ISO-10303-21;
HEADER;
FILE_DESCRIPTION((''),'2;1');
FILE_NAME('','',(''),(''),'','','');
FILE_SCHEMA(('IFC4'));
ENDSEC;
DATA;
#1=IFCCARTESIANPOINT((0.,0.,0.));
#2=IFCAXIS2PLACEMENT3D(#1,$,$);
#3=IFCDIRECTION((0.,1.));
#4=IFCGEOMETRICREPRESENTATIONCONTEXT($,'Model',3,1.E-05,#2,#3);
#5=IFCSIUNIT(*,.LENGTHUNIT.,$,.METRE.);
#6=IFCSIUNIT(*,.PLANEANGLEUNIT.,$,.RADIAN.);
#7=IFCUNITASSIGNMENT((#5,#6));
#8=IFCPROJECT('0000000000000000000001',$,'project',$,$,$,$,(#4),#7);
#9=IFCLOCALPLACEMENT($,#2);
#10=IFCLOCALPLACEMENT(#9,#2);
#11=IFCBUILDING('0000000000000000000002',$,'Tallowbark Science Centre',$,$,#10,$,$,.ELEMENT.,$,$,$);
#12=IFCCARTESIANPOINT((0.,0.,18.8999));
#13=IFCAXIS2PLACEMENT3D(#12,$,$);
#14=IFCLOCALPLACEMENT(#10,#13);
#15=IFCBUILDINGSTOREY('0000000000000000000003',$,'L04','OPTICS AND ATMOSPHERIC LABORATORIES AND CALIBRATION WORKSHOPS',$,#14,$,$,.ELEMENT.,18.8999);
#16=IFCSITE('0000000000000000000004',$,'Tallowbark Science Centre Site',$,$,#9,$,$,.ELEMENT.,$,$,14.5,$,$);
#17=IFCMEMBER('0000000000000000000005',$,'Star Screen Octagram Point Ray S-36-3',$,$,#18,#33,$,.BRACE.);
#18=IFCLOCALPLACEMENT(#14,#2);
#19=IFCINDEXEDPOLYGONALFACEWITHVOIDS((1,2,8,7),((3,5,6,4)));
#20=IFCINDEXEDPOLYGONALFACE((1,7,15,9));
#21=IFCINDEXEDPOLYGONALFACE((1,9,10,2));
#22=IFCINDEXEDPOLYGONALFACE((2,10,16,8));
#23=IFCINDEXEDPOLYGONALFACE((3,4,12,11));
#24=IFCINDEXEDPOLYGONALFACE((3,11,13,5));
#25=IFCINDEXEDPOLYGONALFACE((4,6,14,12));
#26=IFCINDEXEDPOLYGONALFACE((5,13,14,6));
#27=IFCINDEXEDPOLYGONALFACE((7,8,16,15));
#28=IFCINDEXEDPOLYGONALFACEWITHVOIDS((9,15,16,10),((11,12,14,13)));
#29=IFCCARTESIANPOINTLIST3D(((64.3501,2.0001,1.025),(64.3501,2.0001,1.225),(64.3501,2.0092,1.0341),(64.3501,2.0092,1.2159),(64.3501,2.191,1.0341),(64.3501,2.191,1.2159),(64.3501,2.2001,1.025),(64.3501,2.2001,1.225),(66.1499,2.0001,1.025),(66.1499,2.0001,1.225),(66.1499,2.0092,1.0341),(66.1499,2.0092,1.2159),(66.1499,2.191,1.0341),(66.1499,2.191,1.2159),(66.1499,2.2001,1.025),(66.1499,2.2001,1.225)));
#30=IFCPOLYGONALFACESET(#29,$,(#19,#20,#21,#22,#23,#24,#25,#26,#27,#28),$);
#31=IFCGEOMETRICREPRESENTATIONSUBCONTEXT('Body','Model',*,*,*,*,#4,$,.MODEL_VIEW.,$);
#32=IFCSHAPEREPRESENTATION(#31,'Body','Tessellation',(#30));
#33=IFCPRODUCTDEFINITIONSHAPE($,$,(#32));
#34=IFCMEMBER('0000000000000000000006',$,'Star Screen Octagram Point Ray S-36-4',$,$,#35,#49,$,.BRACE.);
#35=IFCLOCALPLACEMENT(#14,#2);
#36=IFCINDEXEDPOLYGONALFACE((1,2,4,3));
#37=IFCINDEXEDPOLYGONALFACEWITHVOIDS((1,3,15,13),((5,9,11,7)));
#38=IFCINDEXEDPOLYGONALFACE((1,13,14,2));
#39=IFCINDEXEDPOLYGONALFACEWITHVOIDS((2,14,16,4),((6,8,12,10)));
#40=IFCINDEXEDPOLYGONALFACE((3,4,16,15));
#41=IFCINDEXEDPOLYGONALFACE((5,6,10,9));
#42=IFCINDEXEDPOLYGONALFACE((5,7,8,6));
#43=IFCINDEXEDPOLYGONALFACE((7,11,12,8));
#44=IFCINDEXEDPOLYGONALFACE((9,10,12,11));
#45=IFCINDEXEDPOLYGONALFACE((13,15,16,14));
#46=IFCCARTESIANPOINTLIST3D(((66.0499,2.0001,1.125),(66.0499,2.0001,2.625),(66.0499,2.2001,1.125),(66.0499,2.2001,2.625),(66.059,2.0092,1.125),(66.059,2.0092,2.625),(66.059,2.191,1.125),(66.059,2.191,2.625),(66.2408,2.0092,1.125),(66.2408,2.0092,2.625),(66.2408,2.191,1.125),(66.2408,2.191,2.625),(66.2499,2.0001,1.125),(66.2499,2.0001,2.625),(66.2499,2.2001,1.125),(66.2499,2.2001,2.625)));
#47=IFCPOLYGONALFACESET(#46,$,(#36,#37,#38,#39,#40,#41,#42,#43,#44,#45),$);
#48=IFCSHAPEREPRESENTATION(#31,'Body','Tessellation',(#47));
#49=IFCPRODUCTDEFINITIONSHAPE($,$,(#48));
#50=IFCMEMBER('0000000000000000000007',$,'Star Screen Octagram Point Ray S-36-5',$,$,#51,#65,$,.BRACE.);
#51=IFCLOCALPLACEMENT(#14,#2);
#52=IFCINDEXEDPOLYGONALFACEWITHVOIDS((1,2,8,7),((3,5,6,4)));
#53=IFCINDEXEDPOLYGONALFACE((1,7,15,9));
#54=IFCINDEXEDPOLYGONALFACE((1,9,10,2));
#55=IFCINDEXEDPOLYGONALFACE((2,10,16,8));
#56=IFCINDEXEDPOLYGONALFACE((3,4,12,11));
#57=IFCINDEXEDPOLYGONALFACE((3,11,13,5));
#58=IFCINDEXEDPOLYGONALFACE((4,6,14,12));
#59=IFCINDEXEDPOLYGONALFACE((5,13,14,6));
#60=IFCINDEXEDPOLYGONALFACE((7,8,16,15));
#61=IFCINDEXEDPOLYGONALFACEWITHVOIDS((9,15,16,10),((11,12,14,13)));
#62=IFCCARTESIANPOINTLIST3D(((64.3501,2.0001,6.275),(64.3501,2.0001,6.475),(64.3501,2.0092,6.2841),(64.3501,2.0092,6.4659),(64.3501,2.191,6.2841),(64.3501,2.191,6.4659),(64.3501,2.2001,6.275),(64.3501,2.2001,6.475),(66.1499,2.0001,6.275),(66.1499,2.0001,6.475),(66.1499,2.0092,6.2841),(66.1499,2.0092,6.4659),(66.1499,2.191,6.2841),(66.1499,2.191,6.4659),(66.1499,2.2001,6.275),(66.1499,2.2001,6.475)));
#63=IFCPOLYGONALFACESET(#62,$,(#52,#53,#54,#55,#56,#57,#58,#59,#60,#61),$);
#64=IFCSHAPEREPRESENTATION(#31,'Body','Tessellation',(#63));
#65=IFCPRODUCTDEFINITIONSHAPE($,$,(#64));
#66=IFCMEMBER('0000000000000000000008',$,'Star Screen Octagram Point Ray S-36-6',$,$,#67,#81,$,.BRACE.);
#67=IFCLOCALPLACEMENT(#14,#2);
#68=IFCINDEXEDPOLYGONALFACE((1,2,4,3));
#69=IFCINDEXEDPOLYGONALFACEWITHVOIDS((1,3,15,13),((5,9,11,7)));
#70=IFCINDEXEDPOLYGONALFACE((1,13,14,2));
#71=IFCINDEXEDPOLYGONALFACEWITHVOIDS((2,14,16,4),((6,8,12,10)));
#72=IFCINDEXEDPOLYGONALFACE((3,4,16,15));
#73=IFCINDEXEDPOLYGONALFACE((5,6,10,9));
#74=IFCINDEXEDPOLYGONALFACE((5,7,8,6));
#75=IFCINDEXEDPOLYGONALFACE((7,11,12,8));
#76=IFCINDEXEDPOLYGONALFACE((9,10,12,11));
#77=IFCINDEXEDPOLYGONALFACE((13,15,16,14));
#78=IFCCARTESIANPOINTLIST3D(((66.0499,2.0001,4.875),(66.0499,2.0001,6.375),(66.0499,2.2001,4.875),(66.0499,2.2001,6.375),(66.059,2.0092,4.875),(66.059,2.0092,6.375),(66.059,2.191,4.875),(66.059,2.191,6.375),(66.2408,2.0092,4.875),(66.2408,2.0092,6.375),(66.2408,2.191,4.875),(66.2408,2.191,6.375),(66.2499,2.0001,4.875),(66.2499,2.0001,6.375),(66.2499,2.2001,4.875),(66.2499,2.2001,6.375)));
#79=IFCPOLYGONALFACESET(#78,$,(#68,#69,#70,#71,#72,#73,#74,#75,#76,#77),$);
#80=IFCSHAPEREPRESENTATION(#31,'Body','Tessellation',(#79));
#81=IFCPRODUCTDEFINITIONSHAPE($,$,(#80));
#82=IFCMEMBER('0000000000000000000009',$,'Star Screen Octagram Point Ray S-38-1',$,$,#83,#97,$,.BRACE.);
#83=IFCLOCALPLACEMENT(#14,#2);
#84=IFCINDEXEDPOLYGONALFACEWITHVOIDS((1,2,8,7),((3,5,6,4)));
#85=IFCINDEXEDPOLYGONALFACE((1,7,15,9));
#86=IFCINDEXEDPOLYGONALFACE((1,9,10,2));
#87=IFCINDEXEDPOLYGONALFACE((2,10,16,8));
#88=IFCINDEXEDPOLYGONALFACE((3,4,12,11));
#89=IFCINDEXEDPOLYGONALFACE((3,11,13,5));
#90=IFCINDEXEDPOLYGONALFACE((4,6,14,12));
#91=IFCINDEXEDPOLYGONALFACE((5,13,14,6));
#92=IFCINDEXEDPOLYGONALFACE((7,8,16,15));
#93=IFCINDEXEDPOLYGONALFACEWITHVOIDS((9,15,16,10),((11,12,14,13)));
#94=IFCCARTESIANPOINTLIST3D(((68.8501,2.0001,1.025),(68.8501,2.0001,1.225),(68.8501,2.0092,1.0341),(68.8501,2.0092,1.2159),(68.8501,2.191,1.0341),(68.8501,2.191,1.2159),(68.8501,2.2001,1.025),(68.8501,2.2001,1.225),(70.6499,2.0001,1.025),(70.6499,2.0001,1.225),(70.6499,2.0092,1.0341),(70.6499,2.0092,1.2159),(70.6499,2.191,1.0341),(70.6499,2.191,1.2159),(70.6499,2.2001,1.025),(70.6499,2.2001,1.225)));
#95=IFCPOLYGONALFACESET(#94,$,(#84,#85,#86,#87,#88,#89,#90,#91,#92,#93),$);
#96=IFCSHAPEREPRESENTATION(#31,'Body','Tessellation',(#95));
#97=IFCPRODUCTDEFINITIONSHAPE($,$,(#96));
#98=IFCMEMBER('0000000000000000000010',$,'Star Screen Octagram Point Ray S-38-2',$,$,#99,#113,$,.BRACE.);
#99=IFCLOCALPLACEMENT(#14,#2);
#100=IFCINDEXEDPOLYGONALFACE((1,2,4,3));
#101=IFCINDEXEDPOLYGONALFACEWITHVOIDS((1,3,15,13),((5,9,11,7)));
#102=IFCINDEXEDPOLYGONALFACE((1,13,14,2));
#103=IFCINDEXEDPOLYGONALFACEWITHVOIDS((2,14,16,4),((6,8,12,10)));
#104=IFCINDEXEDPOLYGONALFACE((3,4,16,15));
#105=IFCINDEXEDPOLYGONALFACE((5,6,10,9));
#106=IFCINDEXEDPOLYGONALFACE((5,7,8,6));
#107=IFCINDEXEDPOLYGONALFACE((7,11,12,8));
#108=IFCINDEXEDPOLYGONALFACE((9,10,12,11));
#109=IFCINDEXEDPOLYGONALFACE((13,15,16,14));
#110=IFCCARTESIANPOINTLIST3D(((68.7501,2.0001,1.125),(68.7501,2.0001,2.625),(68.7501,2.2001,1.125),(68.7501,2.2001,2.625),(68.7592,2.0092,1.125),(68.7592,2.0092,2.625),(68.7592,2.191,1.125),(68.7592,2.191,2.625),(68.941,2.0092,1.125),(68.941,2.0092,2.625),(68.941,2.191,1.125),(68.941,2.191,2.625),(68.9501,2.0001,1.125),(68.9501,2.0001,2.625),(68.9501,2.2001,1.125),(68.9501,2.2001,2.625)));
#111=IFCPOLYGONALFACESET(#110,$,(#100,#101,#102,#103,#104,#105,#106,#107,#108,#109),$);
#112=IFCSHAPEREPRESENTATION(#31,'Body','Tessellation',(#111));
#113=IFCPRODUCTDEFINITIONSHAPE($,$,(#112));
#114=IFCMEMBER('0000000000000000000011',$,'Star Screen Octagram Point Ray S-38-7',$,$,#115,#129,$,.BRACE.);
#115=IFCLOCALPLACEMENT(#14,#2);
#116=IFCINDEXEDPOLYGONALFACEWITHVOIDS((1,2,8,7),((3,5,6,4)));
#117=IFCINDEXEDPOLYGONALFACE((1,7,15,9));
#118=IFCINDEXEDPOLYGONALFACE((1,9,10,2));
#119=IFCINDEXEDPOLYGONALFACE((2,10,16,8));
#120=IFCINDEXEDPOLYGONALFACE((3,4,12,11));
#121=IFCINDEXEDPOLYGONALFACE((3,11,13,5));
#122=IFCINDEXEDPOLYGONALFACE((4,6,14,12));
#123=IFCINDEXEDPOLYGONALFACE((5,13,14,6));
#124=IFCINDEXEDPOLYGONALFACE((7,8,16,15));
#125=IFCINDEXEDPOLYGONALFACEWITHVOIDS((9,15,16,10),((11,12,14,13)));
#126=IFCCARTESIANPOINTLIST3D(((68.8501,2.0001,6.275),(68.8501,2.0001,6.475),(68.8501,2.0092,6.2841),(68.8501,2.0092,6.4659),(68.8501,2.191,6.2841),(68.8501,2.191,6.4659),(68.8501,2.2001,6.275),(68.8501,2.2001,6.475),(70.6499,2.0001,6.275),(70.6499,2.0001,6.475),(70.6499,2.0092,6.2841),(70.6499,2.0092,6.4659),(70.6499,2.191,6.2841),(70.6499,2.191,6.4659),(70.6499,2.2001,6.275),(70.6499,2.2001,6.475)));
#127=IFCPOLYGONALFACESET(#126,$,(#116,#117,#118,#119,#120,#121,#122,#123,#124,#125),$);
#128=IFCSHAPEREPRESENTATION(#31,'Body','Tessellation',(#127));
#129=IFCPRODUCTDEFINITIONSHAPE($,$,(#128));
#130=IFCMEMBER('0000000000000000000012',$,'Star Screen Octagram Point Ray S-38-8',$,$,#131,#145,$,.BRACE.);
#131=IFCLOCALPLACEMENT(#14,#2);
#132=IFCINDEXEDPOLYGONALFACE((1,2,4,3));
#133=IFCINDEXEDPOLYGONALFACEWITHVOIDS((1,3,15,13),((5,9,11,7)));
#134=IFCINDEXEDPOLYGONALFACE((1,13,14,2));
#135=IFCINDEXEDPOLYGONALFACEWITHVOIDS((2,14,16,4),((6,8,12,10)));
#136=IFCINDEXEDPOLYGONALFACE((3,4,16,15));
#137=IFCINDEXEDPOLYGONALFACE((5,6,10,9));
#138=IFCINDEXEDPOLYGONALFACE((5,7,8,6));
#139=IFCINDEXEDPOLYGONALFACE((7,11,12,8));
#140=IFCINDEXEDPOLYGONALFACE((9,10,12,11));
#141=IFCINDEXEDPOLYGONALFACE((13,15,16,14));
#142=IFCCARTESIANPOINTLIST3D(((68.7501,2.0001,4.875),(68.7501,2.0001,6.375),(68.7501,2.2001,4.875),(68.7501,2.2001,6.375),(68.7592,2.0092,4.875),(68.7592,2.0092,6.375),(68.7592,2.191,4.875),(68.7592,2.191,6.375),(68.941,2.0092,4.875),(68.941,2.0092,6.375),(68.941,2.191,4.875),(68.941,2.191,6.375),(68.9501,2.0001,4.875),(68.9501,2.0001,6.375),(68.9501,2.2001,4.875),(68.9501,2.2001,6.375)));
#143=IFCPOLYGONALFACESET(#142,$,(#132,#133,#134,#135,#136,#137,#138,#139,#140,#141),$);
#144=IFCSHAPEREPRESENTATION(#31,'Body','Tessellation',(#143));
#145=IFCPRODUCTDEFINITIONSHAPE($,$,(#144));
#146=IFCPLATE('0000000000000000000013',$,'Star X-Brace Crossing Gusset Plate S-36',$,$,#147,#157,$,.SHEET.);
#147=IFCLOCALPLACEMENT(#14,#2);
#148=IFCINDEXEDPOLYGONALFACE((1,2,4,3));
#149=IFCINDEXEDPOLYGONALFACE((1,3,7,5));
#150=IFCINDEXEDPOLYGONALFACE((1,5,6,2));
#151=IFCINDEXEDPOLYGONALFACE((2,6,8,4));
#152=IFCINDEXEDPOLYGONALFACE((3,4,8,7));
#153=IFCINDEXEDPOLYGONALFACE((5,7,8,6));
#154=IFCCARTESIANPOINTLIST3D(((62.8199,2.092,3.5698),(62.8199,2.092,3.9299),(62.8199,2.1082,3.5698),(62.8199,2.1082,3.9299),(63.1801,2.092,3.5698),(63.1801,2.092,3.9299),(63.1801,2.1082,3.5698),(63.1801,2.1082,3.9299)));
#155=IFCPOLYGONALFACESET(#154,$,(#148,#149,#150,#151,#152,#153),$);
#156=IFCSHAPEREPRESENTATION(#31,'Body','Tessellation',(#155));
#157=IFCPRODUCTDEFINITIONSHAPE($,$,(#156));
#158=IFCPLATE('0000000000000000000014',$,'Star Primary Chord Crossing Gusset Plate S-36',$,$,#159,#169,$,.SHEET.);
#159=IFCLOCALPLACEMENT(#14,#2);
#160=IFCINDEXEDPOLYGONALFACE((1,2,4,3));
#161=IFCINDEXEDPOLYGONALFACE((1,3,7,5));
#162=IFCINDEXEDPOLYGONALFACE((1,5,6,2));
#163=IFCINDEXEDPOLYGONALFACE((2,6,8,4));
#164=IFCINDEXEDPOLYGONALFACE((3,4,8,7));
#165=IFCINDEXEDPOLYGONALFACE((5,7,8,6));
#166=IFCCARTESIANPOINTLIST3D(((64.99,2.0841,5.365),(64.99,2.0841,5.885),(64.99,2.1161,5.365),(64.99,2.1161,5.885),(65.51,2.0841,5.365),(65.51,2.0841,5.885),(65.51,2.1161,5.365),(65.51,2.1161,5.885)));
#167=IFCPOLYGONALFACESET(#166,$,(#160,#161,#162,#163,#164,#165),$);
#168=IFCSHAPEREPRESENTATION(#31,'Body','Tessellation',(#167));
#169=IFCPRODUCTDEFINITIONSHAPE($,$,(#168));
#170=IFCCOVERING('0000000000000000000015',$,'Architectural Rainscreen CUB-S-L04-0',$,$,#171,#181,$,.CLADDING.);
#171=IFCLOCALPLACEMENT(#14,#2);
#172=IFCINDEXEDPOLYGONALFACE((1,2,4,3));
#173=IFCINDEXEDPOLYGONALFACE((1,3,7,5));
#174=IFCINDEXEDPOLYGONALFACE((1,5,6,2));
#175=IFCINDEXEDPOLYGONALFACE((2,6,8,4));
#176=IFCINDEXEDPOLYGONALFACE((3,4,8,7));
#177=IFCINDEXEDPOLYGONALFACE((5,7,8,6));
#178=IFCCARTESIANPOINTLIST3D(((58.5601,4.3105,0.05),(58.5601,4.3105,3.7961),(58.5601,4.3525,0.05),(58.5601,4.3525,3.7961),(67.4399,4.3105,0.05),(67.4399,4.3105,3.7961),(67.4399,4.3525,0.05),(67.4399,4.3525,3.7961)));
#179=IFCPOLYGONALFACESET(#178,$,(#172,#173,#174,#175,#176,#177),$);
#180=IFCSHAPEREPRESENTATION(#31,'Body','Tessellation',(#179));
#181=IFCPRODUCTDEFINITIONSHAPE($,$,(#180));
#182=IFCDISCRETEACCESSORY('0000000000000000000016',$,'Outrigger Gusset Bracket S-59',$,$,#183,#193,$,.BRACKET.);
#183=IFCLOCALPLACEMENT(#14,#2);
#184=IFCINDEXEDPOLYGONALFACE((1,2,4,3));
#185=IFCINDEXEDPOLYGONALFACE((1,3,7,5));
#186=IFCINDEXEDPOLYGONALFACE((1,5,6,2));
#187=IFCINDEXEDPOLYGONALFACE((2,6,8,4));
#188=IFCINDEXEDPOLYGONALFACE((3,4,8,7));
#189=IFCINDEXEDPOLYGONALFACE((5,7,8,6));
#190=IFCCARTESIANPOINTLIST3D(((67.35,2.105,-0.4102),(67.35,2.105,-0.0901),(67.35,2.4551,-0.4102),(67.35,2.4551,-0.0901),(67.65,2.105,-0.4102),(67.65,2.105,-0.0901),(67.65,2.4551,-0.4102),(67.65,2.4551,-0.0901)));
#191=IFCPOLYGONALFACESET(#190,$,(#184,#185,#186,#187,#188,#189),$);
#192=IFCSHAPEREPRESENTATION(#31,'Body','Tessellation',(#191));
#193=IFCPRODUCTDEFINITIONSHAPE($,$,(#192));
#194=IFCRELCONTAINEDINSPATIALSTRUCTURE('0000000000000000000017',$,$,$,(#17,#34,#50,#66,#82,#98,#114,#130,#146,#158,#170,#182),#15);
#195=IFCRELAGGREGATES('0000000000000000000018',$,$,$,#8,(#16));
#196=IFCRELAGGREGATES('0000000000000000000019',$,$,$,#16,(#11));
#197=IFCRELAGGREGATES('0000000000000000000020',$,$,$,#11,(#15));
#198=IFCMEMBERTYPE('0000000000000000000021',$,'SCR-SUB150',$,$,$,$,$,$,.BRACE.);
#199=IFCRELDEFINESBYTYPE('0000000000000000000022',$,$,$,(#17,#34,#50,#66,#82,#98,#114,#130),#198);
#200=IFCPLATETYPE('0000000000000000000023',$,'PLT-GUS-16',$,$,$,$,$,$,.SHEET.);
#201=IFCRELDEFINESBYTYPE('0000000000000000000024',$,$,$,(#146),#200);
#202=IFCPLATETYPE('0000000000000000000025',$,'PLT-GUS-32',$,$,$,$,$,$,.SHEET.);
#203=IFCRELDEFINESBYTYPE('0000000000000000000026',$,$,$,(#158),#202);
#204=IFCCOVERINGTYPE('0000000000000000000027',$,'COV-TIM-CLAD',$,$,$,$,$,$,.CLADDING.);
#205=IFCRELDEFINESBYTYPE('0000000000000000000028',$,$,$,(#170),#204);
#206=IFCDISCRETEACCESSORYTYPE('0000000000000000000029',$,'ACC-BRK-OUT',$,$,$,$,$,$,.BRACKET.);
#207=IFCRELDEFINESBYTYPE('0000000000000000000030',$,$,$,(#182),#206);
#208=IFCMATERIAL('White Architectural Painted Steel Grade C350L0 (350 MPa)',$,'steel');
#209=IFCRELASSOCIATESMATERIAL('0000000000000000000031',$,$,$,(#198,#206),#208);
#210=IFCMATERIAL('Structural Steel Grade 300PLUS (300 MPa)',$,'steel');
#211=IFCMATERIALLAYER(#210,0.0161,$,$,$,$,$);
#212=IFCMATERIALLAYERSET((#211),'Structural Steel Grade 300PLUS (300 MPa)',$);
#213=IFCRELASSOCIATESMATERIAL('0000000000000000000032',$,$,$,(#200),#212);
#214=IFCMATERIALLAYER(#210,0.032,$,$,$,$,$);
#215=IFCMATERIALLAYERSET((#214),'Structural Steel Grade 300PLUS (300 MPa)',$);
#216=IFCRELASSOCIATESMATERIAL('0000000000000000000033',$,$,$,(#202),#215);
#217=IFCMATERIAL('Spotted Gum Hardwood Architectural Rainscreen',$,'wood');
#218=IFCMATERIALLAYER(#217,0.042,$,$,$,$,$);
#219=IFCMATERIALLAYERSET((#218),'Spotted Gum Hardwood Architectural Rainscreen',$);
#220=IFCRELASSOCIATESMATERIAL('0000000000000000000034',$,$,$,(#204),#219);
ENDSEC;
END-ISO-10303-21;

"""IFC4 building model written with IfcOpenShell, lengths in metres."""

from ifc_helpers import new_model, si_unit, direction, frame, origin, origin_2d, place, context, subcontext, project, spatial, rectangle, hollow_rectangle, extrude, material, layer, layer_set, material_profile, profile_set, type_object, element, save


model = new_model("IFC4")

# Units and contexts
model_context = context("Model", 3, precision=1e-05, world=origin(), true_north=direction((0.0, 1.0)))
body_context = subcontext(model_context, "Body", "Model", "MODEL_VIEW")
ifc_project = project(units=[si_unit("LENGTHUNIT", "METRE"), si_unit("PLANEANGLEUNIT", "RADIAN")], contexts=[model_context])

# Site, building, storey
site_placement = place(None, origin())
site = spatial("IfcSite", under=ifc_project, at=site_placement, Name="Tallowbark Science Centre Site", CompositionType="ELEMENT", RefElevation=14.5)
building_placement = place(site_placement, origin())
building = spatial("IfcBuilding", under=site, at=building_placement, Name="Tallowbark Science Centre", CompositionType="ELEMENT")
storey_placement = place(building_placement, frame((0.0, 0.0, 18.8999)))
storey = spatial("IfcBuildingStorey", under=building, at=storey_placement, Name="L04", Description="OPTICS AND ATMOSPHERIC LABORATORIES AND CALIBRATION WORKSHOPS", CompositionType="ELEMENT", Elevation=18.8999)

# Shared definitions
ifc_material_1 = material(Name="White Architectural Painted Steel Grade C350L0 (350 MPa)", Category="steel")

# Members
ifc_material_profile_1 = material_profile(ifc_material_1, hollow_rectangle(XDim=0.2, YDim=0.2, WallThickness=0.009, at=origin_2d()), Name="200x200x9.0SHS")
ifc_profile_set_1 = profile_set([ifc_material_profile_1], Name="White Architectural Painted Steel Grade C350L0 (350 MPa)")
member_type_1 = type_object("IfcMemberType", Name="SCR-SUB150", PredefinedType="BRACE", material=ifc_profile_set_1)
member_1_placement = place(storey_placement, frame((66.1499, 2.1001, 1.125), z_axis=(-1.0, 0.0, 0.0), x_axis=(0.0, -1.0, 0.0)))
element("IfcMember", 1, at=member_1_placement, inside=storey, type_object=member_type_1, Name="Star Screen Octagram Point Ray S-36-3", PredefinedType="BRACE", context=body_context, shape_type="SweptSolid", body=[
    extrude(hollow_rectangle(XDim=0.2, YDim=0.2, WallThickness=0.009, at=origin_2d()), origin(), (0.0, 0.0, 1.0), 1.7998),
])
member_2_placement = place(storey_placement, frame((66.1499, 2.1001, 1.125), z_axis=(0.0, 0.0, 1.0), x_axis=(1.0, 0.0, 0.0)))
element("IfcMember", 2, at=member_2_placement, inside=storey, type_object=member_type_1, Name="Star Screen Octagram Point Ray S-36-4", PredefinedType="BRACE", context=body_context, shape_type="SweptSolid", body=[
    extrude(hollow_rectangle(XDim=0.2, YDim=0.2, WallThickness=0.009, at=origin_2d()), origin(), (0.0, 0.0, 1.0), 1.5),
])
member_3_placement = place(storey_placement, frame((66.1499, 2.1001, 6.375), z_axis=(-1.0, 0.0, 0.0), x_axis=(0.0, -1.0, 0.0)))
element("IfcMember", 3, at=member_3_placement, inside=storey, type_object=member_type_1, Name="Star Screen Octagram Point Ray S-36-5", PredefinedType="BRACE", context=body_context, shape_type="SweptSolid", body=[
    extrude(hollow_rectangle(XDim=0.2, YDim=0.2, WallThickness=0.009, at=origin_2d()), origin(), (0.0, 0.0, 1.0), 1.7998),
])
member_4_placement = place(storey_placement, frame((66.1499, 2.1001, 6.375), z_axis=(0.0, 0.0, -1.0), x_axis=(1.0, 0.0, 0.0)))
element("IfcMember", 4, at=member_4_placement, inside=storey, type_object=member_type_1, Name="Star Screen Octagram Point Ray S-36-6", PredefinedType="BRACE", context=body_context, shape_type="SweptSolid", body=[
    extrude(hollow_rectangle(XDim=0.2, YDim=0.2, WallThickness=0.009, at=origin_2d()), origin(), (0.0, 0.0, 1.0), 1.5),
])
member_5_placement = place(storey_placement, frame((68.8501, 2.1001, 1.125), z_axis=(1.0, 0.0, 0.0), x_axis=(0.0, 1.0, 0.0)))
element("IfcMember", 5, at=member_5_placement, inside=storey, type_object=member_type_1, Name="Star Screen Octagram Point Ray S-38-1", PredefinedType="BRACE", context=body_context, shape_type="SweptSolid", body=[
    extrude(hollow_rectangle(XDim=0.2, YDim=0.2, WallThickness=0.009, at=origin_2d()), origin(), (0.0, 0.0, 1.0), 1.7998),
])
member_6_placement = place(storey_placement, frame((68.8501, 2.1001, 1.125), z_axis=(0.0, 0.0, 1.0), x_axis=(1.0, 0.0, 0.0)))
element("IfcMember", 6, at=member_6_placement, inside=storey, type_object=member_type_1, Name="Star Screen Octagram Point Ray S-38-2", PredefinedType="BRACE", context=body_context, shape_type="SweptSolid", body=[
    extrude(hollow_rectangle(XDim=0.2, YDim=0.2, WallThickness=0.009, at=origin_2d()), origin(), (0.0, 0.0, 1.0), 1.5),
])
member_7_placement = place(storey_placement, frame((68.8501, 2.1001, 6.375), z_axis=(1.0, 0.0, 0.0), x_axis=(0.0, 1.0, 0.0)))
element("IfcMember", 7, at=member_7_placement, inside=storey, type_object=member_type_1, Name="Star Screen Octagram Point Ray S-38-7", PredefinedType="BRACE", context=body_context, shape_type="SweptSolid", body=[
    extrude(hollow_rectangle(XDim=0.2, YDim=0.2, WallThickness=0.009, at=origin_2d()), origin(), (0.0, 0.0, 1.0), 1.7998),
])
member_8_placement = place(storey_placement, frame((68.8501, 2.1001, 6.375), z_axis=(0.0, 0.0, -1.0), x_axis=(1.0, 0.0, 0.0)))
element("IfcMember", 8, at=member_8_placement, inside=storey, type_object=member_type_1, Name="Star Screen Octagram Point Ray S-38-8", PredefinedType="BRACE", context=body_context, shape_type="SweptSolid", body=[
    extrude(hollow_rectangle(XDim=0.2, YDim=0.2, WallThickness=0.009, at=origin_2d()), origin(), (0.0, 0.0, 1.0), 1.5),
])

# Plates
ifc_material_2 = material(Name="Structural Steel Grade 300PLUS (300 MPa)", Category="steel")
ifc_layer_1 = layer(ifc_material_2, 0.0161)
ifc_layer_set_1 = layer_set([ifc_layer_1], Name="Structural Steel Grade 300PLUS (300 MPa)")
plate_type_1 = type_object("IfcPlateType", Name="PLT-GUS-16", PredefinedType="SHEET", material=ifc_layer_set_1)
plate_1_placement = place(storey_placement, frame((63.0, 2.1001, 3.5698), z_axis=(0.0, 0.0, 1.0), x_axis=(1.0, 0.0, 0.0)))
element("IfcPlate", 9, at=plate_1_placement, inside=storey, type_object=plate_type_1, Name="Star X-Brace Crossing Gusset Plate S-36", PredefinedType="SHEET", context=body_context, shape_type="SweptSolid", body=[
    extrude(rectangle(XDim=0.3601, YDim=0.0161, at=origin_2d()), origin(), (0.0, 0.0, 1.0), 0.3601),
])
ifc_layer_2 = layer(ifc_material_2, 0.032)
ifc_layer_set_2 = layer_set([ifc_layer_2], Name="Structural Steel Grade 300PLUS (300 MPa)")
plate_type_2 = type_object("IfcPlateType", Name="PLT-GUS-32", PredefinedType="SHEET", material=ifc_layer_set_2)
plate_2_placement = place(storey_placement, frame((65.25, 2.1001, 5.365), z_axis=(0.0, 0.0, 1.0), x_axis=(1.0, 0.0, 0.0)))
element("IfcPlate", 10, at=plate_2_placement, inside=storey, type_object=plate_type_2, Name="Star Primary Chord Crossing Gusset Plate S-36", PredefinedType="SHEET", context=body_context, shape_type="SweptSolid", body=[
    extrude(rectangle(XDim=0.52, YDim=0.032, at=origin_2d()), origin(), (0.0, 0.0, 1.0), 0.52),
])

# Covering
ifc_material_3 = material(Name="Spotted Gum Hardwood Architectural Rainscreen", Category="wood")
ifc_layer_3 = layer(ifc_material_3, 0.042)
ifc_layer_set_3 = layer_set([ifc_layer_3], Name="Spotted Gum Hardwood Architectural Rainscreen")
covering_type = type_object("IfcCoveringType", Name="COV-TIM-CLAD", PredefinedType="CLADDING", material=ifc_layer_set_3)
covering_placement = place(storey_placement, frame((63.0, 4.3315, 0.05), z_axis=(0.0, 0.0, 1.0), x_axis=(1.0, 0.0, 0.0)))
element("IfcCovering", 11, at=covering_placement, inside=storey, type_object=covering_type, Name="Architectural Rainscreen CUB-S-L04-0", PredefinedType="CLADDING", context=body_context, shape_type="SweptSolid", body=[
    extrude(rectangle(XDim=8.8799, YDim=0.042, at=origin_2d()), origin(), (0.0, 0.0, 1.0), 3.7461),
])

# Discrete accessory
discrete_accessory_type = type_object("IfcDiscreteAccessoryType", Name="ACC-BRK-OUT", PredefinedType="BRACKET", material=ifc_material_1)
discrete_accessory_placement = place(storey_placement, frame((67.5, 2.28, -0.4102), z_axis=(0.0, 0.0, 1.0), x_axis=(1.0, 0.0, 0.0)))
element("IfcDiscreteAccessory", 12, at=discrete_accessory_placement, inside=storey, type_object=discrete_accessory_type, Name="Outrigger Gusset Bracket S-59", PredefinedType="BRACKET", context=body_context, shape_type="SweptSolid", body=[
    extrude(rectangle(XDim=0.3, YDim=0.3501, at=origin_2d()), origin(), (0.0, 0.0, 1.0), 0.3201),
])

save(model, "model.ifc")
